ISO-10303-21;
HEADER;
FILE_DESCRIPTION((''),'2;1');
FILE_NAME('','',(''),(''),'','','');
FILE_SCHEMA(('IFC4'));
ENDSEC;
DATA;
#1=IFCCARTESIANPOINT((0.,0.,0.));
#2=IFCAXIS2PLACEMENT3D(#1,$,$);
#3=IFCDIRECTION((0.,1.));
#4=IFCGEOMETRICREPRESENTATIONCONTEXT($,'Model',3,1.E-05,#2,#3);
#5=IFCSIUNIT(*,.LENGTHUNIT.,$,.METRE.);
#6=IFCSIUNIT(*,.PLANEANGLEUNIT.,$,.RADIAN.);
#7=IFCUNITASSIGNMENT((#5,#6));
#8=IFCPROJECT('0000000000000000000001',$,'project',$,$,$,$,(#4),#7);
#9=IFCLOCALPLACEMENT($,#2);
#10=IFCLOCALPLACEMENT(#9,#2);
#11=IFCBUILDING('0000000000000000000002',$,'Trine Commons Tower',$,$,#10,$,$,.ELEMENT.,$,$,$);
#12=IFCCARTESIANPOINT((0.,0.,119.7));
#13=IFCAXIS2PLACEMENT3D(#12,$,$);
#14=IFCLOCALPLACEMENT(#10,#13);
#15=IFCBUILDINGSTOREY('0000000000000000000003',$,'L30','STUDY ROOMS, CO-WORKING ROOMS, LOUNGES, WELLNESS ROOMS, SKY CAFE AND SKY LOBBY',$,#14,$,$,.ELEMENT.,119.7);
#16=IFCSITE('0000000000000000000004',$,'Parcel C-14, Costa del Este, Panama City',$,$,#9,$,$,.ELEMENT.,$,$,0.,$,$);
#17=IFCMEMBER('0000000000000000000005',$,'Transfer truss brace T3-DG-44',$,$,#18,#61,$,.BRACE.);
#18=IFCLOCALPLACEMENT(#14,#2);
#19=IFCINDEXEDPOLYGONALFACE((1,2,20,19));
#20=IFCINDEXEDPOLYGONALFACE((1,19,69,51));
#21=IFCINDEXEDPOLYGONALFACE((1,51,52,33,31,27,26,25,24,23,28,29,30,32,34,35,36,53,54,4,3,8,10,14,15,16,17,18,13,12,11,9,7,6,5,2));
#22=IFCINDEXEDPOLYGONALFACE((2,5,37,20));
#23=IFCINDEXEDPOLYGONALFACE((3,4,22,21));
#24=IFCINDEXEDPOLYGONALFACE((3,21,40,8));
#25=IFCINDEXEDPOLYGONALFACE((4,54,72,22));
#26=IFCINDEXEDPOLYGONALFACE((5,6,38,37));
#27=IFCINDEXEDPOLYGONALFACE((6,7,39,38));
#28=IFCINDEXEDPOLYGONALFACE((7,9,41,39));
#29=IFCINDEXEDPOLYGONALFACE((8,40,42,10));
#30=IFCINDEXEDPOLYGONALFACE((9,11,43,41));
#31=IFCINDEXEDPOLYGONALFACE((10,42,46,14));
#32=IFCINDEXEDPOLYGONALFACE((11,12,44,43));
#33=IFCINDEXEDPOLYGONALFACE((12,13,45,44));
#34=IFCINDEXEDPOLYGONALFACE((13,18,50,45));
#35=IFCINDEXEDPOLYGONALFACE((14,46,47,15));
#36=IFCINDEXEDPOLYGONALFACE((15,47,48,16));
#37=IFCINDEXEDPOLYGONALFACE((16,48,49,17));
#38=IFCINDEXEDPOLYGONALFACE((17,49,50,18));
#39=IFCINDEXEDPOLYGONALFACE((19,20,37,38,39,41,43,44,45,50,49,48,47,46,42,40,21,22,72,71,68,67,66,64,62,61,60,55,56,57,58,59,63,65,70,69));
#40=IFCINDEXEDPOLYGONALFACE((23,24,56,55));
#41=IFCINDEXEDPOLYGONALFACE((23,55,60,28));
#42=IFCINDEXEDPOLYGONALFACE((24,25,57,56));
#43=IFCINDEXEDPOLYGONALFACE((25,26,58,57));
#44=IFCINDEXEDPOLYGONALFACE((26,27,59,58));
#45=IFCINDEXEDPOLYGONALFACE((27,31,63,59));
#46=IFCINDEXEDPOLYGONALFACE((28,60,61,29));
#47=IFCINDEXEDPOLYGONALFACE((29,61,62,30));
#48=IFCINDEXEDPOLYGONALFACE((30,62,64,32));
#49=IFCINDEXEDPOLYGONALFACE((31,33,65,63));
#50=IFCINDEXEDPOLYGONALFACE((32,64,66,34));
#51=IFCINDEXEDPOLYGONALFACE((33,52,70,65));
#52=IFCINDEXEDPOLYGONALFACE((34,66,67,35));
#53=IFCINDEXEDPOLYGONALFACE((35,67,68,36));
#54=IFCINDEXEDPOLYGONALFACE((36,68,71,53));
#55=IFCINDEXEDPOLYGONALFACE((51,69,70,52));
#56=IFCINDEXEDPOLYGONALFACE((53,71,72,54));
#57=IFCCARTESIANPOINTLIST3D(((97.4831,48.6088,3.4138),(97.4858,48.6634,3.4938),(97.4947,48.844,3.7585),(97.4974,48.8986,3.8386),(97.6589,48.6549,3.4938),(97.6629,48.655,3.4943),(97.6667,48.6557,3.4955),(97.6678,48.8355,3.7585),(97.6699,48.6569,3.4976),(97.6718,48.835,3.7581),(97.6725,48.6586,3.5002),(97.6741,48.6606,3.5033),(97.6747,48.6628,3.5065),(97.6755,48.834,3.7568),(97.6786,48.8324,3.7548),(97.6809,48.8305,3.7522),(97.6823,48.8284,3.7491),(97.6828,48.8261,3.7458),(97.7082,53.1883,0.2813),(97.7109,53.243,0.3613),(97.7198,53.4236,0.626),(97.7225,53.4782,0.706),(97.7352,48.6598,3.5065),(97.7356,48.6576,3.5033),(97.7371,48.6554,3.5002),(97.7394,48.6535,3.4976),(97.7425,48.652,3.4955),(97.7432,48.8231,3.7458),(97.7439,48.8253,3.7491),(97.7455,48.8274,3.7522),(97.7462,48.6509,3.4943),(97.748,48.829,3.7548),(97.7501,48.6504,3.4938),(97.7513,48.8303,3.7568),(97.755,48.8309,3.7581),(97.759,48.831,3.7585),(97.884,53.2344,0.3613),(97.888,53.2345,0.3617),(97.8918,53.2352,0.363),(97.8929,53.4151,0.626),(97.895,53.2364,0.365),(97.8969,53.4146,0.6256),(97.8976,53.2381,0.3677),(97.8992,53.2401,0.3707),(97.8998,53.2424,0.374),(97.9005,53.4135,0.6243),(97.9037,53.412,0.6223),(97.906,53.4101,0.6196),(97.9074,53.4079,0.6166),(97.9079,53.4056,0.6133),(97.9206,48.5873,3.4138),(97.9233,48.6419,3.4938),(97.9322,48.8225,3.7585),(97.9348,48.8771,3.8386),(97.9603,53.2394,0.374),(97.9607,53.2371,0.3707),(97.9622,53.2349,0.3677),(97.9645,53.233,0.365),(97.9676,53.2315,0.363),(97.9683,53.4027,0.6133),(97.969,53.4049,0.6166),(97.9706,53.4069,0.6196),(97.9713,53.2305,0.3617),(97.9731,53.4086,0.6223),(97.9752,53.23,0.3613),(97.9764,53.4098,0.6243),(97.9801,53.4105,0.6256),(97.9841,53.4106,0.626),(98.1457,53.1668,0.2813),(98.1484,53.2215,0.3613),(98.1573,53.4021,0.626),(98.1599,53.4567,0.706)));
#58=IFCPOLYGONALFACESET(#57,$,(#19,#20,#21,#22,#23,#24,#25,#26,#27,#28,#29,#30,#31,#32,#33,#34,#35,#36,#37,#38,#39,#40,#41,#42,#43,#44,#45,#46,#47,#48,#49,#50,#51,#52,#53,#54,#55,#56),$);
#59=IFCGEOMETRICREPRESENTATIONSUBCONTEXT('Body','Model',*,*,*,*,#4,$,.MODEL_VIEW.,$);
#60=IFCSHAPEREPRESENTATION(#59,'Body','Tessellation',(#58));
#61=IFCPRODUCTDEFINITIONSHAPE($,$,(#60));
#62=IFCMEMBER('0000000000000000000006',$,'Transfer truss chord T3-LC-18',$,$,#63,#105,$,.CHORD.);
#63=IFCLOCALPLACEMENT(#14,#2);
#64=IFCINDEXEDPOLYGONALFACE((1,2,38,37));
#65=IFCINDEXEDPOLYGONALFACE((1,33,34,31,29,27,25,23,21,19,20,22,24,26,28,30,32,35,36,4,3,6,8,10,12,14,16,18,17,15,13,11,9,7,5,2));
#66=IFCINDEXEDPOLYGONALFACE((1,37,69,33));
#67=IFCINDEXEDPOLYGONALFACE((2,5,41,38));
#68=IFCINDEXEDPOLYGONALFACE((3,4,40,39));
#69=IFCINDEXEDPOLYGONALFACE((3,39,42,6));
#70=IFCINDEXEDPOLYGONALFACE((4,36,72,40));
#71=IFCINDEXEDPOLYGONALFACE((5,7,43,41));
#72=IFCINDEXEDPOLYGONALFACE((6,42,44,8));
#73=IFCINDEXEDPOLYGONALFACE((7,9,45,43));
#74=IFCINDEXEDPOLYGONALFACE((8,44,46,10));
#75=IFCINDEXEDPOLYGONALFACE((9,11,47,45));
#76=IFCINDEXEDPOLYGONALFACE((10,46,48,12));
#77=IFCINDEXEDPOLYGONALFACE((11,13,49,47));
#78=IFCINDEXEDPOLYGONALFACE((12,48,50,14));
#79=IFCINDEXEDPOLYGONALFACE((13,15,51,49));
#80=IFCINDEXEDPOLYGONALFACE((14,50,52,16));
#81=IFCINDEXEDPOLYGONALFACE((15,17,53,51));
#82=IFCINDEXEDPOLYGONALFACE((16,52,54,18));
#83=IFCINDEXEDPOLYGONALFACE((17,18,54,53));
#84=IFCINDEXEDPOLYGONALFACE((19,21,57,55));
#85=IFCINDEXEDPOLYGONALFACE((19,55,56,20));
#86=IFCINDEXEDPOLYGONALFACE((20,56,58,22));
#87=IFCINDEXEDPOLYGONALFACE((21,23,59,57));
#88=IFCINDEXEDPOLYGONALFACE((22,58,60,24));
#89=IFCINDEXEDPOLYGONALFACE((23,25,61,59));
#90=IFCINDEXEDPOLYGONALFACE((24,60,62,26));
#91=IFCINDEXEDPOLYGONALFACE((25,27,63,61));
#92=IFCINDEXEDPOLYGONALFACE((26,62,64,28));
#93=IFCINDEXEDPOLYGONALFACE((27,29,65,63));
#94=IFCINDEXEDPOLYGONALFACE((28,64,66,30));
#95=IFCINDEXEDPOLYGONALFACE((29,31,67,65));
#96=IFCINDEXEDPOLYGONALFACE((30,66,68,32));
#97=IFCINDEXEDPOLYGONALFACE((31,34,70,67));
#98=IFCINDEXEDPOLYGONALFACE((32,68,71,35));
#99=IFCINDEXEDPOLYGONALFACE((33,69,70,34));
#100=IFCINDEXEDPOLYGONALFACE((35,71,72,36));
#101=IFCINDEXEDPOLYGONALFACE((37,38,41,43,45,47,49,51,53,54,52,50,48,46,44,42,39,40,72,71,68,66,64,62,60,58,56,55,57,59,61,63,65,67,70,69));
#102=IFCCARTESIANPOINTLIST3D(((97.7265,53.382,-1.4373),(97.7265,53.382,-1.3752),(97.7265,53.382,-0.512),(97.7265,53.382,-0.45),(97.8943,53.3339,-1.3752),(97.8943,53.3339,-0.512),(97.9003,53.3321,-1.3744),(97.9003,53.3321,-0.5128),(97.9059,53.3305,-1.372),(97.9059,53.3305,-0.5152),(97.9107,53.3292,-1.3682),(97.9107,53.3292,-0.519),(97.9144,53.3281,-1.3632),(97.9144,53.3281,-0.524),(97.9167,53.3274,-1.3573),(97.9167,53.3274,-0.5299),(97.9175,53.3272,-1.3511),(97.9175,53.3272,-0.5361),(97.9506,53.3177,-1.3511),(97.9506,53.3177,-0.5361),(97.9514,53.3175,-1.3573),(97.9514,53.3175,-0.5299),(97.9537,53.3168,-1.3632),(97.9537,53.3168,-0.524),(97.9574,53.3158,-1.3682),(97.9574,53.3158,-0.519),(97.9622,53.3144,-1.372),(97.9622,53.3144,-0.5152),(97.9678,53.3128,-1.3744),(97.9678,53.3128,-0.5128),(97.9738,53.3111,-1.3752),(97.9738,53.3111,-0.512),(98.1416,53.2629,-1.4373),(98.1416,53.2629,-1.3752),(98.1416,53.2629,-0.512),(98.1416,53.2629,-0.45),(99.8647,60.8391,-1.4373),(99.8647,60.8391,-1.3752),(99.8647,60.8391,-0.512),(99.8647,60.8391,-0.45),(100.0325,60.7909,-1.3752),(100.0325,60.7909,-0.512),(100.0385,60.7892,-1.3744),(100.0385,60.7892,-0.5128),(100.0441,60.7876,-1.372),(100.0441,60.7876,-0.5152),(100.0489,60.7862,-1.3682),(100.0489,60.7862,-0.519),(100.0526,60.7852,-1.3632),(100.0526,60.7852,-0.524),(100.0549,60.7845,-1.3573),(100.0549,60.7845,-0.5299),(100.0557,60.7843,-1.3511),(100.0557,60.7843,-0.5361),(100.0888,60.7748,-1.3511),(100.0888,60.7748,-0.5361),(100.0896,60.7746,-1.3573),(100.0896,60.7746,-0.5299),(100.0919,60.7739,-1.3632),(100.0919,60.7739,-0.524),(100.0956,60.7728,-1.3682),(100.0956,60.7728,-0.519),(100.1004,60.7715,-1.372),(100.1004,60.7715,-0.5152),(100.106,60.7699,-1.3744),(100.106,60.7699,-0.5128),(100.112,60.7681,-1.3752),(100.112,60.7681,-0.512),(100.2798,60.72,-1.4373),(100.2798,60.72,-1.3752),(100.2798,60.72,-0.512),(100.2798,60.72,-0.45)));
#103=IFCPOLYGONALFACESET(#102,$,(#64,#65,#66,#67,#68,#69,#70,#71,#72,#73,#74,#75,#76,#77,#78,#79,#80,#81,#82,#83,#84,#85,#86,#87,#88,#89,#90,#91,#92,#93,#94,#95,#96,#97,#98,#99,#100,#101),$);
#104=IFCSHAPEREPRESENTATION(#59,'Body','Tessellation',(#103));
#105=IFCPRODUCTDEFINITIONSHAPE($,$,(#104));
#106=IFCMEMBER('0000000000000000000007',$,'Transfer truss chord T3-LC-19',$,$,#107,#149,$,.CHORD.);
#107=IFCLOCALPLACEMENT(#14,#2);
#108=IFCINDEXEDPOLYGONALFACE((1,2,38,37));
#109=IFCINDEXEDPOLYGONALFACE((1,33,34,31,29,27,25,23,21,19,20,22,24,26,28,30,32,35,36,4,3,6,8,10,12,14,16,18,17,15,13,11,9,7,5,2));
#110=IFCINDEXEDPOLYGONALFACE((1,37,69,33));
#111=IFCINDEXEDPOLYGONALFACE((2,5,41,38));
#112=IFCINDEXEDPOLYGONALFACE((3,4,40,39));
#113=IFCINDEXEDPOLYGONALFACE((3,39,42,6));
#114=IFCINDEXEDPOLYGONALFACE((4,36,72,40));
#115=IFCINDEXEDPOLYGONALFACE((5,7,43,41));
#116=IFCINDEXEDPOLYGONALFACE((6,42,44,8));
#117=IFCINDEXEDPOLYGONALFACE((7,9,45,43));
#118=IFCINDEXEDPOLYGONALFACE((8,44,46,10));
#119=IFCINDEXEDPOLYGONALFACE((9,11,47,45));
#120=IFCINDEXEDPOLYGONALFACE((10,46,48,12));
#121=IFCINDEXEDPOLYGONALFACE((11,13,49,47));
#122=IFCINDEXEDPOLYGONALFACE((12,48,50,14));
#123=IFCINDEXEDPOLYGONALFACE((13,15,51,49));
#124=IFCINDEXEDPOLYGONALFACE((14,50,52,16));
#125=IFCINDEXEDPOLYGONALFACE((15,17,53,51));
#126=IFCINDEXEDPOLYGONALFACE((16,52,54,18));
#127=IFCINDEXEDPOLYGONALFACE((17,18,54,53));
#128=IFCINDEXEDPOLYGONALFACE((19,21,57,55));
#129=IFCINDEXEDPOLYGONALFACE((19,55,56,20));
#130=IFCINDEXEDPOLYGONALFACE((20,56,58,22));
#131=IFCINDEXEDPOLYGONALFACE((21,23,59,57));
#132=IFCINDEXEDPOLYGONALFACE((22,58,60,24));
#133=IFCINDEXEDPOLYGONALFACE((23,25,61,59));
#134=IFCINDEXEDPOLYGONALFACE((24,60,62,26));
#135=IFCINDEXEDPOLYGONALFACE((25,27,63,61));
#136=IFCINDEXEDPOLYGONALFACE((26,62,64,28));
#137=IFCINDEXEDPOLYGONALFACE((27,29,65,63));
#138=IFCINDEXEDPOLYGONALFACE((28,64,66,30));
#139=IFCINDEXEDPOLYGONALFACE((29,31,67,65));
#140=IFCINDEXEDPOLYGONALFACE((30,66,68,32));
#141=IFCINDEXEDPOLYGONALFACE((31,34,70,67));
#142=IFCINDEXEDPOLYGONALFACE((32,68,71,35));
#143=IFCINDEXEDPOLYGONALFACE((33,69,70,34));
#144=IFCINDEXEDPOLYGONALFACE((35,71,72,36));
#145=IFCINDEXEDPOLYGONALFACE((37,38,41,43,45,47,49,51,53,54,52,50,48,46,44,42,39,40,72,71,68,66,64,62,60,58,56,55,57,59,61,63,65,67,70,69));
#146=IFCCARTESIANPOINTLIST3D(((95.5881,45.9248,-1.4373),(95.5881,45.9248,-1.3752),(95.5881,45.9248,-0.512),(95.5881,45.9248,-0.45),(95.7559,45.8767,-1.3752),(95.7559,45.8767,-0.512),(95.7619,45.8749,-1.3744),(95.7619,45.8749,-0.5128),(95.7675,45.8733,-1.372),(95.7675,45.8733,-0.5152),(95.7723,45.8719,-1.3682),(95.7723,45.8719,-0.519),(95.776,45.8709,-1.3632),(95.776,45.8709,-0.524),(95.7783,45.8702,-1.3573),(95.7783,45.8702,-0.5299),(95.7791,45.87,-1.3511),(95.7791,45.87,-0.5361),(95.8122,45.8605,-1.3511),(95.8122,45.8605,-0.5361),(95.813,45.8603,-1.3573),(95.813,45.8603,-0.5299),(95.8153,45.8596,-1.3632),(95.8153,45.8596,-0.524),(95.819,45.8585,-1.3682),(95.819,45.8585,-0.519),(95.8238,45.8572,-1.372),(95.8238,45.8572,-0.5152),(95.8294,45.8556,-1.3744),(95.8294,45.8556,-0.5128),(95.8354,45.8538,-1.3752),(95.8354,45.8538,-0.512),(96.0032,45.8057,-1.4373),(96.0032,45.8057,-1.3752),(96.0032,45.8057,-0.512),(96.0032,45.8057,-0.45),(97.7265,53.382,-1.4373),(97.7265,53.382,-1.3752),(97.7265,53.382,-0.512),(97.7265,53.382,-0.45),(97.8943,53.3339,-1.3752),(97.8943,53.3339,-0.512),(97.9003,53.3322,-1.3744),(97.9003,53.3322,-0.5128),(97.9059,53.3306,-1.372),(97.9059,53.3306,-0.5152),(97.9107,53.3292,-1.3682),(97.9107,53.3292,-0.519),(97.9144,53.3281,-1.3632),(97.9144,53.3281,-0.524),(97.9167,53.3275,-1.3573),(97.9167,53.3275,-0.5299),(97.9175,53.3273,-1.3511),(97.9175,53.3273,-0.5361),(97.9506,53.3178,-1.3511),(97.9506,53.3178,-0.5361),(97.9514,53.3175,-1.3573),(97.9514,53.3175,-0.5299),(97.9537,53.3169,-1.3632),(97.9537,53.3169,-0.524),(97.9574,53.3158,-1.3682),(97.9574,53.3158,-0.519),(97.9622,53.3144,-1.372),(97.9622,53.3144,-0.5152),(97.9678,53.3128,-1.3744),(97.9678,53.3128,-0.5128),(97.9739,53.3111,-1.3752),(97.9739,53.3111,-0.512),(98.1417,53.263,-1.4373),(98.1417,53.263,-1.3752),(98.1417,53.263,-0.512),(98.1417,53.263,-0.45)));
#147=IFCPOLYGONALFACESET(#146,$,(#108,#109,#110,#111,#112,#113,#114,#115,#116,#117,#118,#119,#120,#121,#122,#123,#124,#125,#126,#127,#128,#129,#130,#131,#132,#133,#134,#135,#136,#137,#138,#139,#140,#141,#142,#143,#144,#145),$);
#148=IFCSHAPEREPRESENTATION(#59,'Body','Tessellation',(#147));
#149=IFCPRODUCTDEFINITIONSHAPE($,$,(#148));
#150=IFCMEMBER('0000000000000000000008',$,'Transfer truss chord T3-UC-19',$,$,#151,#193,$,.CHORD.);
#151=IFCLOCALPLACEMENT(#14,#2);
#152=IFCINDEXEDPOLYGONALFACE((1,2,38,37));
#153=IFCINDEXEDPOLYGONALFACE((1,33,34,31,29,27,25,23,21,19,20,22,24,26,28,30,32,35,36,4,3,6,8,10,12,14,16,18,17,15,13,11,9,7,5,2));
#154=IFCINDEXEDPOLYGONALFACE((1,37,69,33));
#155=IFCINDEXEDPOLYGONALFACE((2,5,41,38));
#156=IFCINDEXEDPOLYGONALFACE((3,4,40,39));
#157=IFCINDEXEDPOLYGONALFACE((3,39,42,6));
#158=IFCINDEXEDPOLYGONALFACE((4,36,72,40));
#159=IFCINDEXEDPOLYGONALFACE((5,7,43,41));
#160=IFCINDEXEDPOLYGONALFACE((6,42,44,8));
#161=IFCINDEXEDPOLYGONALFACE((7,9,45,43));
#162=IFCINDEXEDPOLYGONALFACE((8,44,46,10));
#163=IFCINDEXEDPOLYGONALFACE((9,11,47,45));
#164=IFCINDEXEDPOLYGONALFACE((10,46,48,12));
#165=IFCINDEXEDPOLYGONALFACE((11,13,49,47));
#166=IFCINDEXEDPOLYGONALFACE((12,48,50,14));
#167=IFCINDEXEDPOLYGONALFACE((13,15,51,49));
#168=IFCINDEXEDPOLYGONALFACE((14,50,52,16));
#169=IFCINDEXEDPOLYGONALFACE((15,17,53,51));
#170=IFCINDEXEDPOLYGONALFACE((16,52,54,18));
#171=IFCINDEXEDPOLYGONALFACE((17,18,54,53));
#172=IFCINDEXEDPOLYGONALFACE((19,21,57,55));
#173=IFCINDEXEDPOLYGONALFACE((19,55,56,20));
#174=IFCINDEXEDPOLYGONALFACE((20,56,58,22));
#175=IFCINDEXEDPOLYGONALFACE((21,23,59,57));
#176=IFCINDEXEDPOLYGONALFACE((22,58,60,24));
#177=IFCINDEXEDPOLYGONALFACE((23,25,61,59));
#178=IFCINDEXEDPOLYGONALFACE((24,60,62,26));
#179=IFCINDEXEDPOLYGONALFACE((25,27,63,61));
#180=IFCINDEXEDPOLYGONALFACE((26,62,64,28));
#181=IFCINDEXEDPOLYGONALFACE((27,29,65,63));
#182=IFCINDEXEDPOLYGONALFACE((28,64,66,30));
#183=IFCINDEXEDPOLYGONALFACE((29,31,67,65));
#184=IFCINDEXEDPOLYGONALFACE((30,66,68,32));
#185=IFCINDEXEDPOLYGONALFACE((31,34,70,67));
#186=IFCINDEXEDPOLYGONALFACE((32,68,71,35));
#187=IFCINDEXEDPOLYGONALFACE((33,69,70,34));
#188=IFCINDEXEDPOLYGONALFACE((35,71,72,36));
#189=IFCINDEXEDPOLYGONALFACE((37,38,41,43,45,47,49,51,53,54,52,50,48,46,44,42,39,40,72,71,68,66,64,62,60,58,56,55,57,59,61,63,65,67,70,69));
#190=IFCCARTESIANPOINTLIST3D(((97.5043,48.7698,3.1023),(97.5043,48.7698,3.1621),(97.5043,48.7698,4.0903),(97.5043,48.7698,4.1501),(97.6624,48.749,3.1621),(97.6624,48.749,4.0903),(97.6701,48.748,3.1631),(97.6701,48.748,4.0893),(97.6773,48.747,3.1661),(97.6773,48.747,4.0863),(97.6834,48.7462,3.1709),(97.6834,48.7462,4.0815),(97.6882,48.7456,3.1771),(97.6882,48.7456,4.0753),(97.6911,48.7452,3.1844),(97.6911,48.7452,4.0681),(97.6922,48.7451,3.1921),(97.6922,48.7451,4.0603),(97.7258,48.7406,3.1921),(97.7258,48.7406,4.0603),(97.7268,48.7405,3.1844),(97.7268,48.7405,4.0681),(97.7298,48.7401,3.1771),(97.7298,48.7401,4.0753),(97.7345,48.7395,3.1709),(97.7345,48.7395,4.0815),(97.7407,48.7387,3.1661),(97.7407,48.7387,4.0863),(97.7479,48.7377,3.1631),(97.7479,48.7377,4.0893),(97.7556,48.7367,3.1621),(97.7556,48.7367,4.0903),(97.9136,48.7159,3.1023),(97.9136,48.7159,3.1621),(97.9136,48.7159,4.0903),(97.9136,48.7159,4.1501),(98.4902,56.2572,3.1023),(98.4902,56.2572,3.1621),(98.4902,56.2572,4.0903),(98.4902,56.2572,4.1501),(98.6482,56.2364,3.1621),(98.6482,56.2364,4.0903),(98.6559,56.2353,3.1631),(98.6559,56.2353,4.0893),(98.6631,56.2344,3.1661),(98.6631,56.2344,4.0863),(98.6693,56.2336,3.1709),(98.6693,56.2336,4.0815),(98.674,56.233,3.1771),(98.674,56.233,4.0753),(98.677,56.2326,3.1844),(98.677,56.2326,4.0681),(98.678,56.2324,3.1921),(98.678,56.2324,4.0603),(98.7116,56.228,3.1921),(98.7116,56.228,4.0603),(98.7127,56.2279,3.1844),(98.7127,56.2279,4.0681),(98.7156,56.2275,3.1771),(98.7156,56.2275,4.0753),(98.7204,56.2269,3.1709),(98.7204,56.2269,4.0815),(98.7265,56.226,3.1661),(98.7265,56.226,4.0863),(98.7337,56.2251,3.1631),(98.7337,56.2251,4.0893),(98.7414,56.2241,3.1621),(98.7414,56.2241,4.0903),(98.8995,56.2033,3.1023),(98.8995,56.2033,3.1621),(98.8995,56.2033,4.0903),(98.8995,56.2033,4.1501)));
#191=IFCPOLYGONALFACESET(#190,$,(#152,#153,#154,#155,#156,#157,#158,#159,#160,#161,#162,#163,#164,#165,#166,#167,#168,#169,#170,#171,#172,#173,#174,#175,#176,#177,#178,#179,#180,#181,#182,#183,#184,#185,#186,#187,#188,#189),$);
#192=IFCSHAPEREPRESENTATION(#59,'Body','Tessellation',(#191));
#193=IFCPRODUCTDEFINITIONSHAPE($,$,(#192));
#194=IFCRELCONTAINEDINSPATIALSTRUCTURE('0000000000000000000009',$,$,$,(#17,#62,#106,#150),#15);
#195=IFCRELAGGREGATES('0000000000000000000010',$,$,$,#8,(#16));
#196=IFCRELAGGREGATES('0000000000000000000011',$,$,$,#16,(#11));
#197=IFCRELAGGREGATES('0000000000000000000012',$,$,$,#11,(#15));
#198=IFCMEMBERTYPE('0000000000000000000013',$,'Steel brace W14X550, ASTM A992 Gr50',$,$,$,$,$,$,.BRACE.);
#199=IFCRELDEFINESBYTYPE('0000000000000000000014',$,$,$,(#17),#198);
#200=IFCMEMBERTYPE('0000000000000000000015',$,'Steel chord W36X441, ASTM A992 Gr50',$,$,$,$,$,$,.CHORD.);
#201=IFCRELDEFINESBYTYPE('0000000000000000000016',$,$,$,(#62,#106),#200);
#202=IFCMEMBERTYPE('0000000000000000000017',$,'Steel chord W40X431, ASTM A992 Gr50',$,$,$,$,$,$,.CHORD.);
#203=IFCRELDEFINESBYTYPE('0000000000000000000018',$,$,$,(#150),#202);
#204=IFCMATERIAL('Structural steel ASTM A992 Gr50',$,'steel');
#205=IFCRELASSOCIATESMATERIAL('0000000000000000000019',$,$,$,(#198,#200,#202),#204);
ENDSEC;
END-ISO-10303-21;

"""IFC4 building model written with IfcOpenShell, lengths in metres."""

from ifc_helpers import new_model, si_unit, direction, frame, origin, origin_2d, place, context, subcontext, project, spatial, i_section, extrude, material, material_profile, profile_set, type_object, element, save


model = new_model("IFC4")

# Units and contexts
model_context = context("Model", 3, precision=1e-05, world=origin(), true_north=direction((0.0, 1.0)))
body_context = subcontext(model_context, "Body", "Model", "MODEL_VIEW")
ifc_project = project(units=[si_unit("LENGTHUNIT", "METRE"), si_unit("PLANEANGLEUNIT", "RADIAN")], contexts=[model_context])

# Site, building, storey
site_placement = place(None, origin())
site = spatial("IfcSite", under=ifc_project, at=site_placement, Name="Parcel C-14, Costa del Este, Panama City", CompositionType="ELEMENT", RefElevation=0.0)
building_placement = place(site_placement, origin())
building = spatial("IfcBuilding", under=site, at=building_placement, Name="Trine Commons Tower", CompositionType="ELEMENT")
storey_placement = place(building_placement, frame((0.0, 0.0, 119.7)))
storey = spatial("IfcBuildingStorey", under=building, at=storey_placement, Name="L30", Description="STUDY ROOMS, CO-WORKING ROOMS, LOUNGES, WELLNESS ROOMS, SKY CAFE AND SKY LOBBY", CompositionType="ELEMENT", Elevation=119.7)

# Members
ifc_material_1 = material(Name="Structural steel ASTM A992 Gr50", Category="steel")
ifc_material_profile_1 = material_profile(ifc_material_1, i_section(OverallWidth=0.438, OverallDepth=0.5144, WebThickness=0.0605, FlangeThickness=0.0969, FilletRadius=0.0154, at=origin_2d()), Name="W14X550")
ifc_profile_set_1 = profile_set([ifc_material_profile_1], Name="Structural steel ASTM A992 Gr50")
member_type_1 = type_object("IfcMemberType", Name="Steel brace W14X550, ASTM A992 Gr50", PredefinedType="BRACE", material=ifc_profile_set_1)
member_1_placement = place(storey_placement, frame((97.9341, 53.3225, 0.4937), z_axis=(-0.040536, -0.824699, 0.564117), x_axis=(0.998794, -0.049093, 0.0)))
element("IfcMember", 1, at=member_1_placement, inside=storey, type_object=member_type_1, Name="Transfer truss brace T3-DG-44", PredefinedType="BRACE", context=body_context, shape_type="SweptSolid", body=[
    extrude(i_section(OverallWidth=0.438, OverallDepth=0.5144, WebThickness=0.0605, FlangeThickness=0.0969, FilletRadius=0.0154, at=origin_2d()), origin(), (0.0, 0.0, 1.0), 5.553),
])
ifc_material_profile_2 = material_profile(ifc_material_1, i_section(OverallWidth=0.4319, OverallDepth=0.9873, WebThickness=0.0344, FlangeThickness=0.062, FilletRadius=0.0242, at=origin_2d()), Name="W36X441")
ifc_profile_set_2 = profile_set([ifc_material_profile_2], Name="Structural steel ASTM A992 Gr50")
member_type_2 = type_object("IfcMemberType", Name="Steel chord W36X441, ASTM A992 Gr50", PredefinedType="CHORD", material=ifc_profile_set_2)
member_2_placement = place(storey_placement, frame((100.0723, 60.7795, -0.9436), z_axis=(-0.275627, -0.961265, 0.0), x_axis=(0.961265, -0.275627, 0.0)))
element("IfcMember", 2, at=member_2_placement, inside=storey, type_object=member_type_2, Name="Transfer truss chord T3-LC-18", PredefinedType="CHORD", context=body_context, shape_type="SweptSolid", body=[
    extrude(i_section(OverallWidth=0.4319, OverallDepth=0.9873, WebThickness=0.0344, FlangeThickness=0.062, FilletRadius=0.0242, at=origin_2d()), origin(), (0.0, 0.0, 1.0), 7.7576),
])
member_3_placement = place(storey_placement, frame((97.9341, 53.3225, -0.9436), z_axis=(-0.275648, -0.961259, 0.0), x_axis=(0.961259, -0.275648, 0.0)))
element("IfcMember", 3, at=member_3_placement, inside=storey, type_object=member_type_2, Name="Transfer truss chord T3-LC-19", PredefinedType="CHORD", context=body_context, shape_type="SweptSolid", body=[
    extrude(i_section(OverallWidth=0.4319, OverallDepth=0.9873, WebThickness=0.0344, FlangeThickness=0.062, FilletRadius=0.0242, at=origin_2d()), origin(), (0.0, 0.0, 1.0), 7.7578),
])
ifc_material_profile_3 = material_profile(ifc_material_1, i_section(OverallWidth=0.4128, OverallDepth=1.0479, WebThickness=0.0339, FlangeThickness=0.0598, FilletRadius=0.03, at=origin_2d()), Name="W40X431")
ifc_profile_set_3 = profile_set([ifc_material_profile_3], Name="Structural steel ASTM A992 Gr50")
member_type_3 = type_object("IfcMemberType", Name="Steel chord W40X431, ASTM A992 Gr50", PredefinedType="CHORD", material=ifc_profile_set_3)
member_4_placement = place(storey_placement, frame((98.6948, 56.2302, 3.6262), z_axis=(-0.130541, -0.991443, 0.0), x_axis=(0.991443, -0.130541, 0.0)))
element("IfcMember", 4, at=member_4_placement, inside=storey, type_object=member_type_3, Name="Transfer truss chord T3-UC-19", PredefinedType="CHORD", context=body_context, shape_type="SweptSolid", body=[
    extrude(i_section(OverallWidth=0.4128, OverallDepth=1.0479, WebThickness=0.0339, FlangeThickness=0.0598, FilletRadius=0.03, at=origin_2d()), origin(), (0.0, 0.0, 1.0), 7.552),
])

save(model, "model.ifc")
